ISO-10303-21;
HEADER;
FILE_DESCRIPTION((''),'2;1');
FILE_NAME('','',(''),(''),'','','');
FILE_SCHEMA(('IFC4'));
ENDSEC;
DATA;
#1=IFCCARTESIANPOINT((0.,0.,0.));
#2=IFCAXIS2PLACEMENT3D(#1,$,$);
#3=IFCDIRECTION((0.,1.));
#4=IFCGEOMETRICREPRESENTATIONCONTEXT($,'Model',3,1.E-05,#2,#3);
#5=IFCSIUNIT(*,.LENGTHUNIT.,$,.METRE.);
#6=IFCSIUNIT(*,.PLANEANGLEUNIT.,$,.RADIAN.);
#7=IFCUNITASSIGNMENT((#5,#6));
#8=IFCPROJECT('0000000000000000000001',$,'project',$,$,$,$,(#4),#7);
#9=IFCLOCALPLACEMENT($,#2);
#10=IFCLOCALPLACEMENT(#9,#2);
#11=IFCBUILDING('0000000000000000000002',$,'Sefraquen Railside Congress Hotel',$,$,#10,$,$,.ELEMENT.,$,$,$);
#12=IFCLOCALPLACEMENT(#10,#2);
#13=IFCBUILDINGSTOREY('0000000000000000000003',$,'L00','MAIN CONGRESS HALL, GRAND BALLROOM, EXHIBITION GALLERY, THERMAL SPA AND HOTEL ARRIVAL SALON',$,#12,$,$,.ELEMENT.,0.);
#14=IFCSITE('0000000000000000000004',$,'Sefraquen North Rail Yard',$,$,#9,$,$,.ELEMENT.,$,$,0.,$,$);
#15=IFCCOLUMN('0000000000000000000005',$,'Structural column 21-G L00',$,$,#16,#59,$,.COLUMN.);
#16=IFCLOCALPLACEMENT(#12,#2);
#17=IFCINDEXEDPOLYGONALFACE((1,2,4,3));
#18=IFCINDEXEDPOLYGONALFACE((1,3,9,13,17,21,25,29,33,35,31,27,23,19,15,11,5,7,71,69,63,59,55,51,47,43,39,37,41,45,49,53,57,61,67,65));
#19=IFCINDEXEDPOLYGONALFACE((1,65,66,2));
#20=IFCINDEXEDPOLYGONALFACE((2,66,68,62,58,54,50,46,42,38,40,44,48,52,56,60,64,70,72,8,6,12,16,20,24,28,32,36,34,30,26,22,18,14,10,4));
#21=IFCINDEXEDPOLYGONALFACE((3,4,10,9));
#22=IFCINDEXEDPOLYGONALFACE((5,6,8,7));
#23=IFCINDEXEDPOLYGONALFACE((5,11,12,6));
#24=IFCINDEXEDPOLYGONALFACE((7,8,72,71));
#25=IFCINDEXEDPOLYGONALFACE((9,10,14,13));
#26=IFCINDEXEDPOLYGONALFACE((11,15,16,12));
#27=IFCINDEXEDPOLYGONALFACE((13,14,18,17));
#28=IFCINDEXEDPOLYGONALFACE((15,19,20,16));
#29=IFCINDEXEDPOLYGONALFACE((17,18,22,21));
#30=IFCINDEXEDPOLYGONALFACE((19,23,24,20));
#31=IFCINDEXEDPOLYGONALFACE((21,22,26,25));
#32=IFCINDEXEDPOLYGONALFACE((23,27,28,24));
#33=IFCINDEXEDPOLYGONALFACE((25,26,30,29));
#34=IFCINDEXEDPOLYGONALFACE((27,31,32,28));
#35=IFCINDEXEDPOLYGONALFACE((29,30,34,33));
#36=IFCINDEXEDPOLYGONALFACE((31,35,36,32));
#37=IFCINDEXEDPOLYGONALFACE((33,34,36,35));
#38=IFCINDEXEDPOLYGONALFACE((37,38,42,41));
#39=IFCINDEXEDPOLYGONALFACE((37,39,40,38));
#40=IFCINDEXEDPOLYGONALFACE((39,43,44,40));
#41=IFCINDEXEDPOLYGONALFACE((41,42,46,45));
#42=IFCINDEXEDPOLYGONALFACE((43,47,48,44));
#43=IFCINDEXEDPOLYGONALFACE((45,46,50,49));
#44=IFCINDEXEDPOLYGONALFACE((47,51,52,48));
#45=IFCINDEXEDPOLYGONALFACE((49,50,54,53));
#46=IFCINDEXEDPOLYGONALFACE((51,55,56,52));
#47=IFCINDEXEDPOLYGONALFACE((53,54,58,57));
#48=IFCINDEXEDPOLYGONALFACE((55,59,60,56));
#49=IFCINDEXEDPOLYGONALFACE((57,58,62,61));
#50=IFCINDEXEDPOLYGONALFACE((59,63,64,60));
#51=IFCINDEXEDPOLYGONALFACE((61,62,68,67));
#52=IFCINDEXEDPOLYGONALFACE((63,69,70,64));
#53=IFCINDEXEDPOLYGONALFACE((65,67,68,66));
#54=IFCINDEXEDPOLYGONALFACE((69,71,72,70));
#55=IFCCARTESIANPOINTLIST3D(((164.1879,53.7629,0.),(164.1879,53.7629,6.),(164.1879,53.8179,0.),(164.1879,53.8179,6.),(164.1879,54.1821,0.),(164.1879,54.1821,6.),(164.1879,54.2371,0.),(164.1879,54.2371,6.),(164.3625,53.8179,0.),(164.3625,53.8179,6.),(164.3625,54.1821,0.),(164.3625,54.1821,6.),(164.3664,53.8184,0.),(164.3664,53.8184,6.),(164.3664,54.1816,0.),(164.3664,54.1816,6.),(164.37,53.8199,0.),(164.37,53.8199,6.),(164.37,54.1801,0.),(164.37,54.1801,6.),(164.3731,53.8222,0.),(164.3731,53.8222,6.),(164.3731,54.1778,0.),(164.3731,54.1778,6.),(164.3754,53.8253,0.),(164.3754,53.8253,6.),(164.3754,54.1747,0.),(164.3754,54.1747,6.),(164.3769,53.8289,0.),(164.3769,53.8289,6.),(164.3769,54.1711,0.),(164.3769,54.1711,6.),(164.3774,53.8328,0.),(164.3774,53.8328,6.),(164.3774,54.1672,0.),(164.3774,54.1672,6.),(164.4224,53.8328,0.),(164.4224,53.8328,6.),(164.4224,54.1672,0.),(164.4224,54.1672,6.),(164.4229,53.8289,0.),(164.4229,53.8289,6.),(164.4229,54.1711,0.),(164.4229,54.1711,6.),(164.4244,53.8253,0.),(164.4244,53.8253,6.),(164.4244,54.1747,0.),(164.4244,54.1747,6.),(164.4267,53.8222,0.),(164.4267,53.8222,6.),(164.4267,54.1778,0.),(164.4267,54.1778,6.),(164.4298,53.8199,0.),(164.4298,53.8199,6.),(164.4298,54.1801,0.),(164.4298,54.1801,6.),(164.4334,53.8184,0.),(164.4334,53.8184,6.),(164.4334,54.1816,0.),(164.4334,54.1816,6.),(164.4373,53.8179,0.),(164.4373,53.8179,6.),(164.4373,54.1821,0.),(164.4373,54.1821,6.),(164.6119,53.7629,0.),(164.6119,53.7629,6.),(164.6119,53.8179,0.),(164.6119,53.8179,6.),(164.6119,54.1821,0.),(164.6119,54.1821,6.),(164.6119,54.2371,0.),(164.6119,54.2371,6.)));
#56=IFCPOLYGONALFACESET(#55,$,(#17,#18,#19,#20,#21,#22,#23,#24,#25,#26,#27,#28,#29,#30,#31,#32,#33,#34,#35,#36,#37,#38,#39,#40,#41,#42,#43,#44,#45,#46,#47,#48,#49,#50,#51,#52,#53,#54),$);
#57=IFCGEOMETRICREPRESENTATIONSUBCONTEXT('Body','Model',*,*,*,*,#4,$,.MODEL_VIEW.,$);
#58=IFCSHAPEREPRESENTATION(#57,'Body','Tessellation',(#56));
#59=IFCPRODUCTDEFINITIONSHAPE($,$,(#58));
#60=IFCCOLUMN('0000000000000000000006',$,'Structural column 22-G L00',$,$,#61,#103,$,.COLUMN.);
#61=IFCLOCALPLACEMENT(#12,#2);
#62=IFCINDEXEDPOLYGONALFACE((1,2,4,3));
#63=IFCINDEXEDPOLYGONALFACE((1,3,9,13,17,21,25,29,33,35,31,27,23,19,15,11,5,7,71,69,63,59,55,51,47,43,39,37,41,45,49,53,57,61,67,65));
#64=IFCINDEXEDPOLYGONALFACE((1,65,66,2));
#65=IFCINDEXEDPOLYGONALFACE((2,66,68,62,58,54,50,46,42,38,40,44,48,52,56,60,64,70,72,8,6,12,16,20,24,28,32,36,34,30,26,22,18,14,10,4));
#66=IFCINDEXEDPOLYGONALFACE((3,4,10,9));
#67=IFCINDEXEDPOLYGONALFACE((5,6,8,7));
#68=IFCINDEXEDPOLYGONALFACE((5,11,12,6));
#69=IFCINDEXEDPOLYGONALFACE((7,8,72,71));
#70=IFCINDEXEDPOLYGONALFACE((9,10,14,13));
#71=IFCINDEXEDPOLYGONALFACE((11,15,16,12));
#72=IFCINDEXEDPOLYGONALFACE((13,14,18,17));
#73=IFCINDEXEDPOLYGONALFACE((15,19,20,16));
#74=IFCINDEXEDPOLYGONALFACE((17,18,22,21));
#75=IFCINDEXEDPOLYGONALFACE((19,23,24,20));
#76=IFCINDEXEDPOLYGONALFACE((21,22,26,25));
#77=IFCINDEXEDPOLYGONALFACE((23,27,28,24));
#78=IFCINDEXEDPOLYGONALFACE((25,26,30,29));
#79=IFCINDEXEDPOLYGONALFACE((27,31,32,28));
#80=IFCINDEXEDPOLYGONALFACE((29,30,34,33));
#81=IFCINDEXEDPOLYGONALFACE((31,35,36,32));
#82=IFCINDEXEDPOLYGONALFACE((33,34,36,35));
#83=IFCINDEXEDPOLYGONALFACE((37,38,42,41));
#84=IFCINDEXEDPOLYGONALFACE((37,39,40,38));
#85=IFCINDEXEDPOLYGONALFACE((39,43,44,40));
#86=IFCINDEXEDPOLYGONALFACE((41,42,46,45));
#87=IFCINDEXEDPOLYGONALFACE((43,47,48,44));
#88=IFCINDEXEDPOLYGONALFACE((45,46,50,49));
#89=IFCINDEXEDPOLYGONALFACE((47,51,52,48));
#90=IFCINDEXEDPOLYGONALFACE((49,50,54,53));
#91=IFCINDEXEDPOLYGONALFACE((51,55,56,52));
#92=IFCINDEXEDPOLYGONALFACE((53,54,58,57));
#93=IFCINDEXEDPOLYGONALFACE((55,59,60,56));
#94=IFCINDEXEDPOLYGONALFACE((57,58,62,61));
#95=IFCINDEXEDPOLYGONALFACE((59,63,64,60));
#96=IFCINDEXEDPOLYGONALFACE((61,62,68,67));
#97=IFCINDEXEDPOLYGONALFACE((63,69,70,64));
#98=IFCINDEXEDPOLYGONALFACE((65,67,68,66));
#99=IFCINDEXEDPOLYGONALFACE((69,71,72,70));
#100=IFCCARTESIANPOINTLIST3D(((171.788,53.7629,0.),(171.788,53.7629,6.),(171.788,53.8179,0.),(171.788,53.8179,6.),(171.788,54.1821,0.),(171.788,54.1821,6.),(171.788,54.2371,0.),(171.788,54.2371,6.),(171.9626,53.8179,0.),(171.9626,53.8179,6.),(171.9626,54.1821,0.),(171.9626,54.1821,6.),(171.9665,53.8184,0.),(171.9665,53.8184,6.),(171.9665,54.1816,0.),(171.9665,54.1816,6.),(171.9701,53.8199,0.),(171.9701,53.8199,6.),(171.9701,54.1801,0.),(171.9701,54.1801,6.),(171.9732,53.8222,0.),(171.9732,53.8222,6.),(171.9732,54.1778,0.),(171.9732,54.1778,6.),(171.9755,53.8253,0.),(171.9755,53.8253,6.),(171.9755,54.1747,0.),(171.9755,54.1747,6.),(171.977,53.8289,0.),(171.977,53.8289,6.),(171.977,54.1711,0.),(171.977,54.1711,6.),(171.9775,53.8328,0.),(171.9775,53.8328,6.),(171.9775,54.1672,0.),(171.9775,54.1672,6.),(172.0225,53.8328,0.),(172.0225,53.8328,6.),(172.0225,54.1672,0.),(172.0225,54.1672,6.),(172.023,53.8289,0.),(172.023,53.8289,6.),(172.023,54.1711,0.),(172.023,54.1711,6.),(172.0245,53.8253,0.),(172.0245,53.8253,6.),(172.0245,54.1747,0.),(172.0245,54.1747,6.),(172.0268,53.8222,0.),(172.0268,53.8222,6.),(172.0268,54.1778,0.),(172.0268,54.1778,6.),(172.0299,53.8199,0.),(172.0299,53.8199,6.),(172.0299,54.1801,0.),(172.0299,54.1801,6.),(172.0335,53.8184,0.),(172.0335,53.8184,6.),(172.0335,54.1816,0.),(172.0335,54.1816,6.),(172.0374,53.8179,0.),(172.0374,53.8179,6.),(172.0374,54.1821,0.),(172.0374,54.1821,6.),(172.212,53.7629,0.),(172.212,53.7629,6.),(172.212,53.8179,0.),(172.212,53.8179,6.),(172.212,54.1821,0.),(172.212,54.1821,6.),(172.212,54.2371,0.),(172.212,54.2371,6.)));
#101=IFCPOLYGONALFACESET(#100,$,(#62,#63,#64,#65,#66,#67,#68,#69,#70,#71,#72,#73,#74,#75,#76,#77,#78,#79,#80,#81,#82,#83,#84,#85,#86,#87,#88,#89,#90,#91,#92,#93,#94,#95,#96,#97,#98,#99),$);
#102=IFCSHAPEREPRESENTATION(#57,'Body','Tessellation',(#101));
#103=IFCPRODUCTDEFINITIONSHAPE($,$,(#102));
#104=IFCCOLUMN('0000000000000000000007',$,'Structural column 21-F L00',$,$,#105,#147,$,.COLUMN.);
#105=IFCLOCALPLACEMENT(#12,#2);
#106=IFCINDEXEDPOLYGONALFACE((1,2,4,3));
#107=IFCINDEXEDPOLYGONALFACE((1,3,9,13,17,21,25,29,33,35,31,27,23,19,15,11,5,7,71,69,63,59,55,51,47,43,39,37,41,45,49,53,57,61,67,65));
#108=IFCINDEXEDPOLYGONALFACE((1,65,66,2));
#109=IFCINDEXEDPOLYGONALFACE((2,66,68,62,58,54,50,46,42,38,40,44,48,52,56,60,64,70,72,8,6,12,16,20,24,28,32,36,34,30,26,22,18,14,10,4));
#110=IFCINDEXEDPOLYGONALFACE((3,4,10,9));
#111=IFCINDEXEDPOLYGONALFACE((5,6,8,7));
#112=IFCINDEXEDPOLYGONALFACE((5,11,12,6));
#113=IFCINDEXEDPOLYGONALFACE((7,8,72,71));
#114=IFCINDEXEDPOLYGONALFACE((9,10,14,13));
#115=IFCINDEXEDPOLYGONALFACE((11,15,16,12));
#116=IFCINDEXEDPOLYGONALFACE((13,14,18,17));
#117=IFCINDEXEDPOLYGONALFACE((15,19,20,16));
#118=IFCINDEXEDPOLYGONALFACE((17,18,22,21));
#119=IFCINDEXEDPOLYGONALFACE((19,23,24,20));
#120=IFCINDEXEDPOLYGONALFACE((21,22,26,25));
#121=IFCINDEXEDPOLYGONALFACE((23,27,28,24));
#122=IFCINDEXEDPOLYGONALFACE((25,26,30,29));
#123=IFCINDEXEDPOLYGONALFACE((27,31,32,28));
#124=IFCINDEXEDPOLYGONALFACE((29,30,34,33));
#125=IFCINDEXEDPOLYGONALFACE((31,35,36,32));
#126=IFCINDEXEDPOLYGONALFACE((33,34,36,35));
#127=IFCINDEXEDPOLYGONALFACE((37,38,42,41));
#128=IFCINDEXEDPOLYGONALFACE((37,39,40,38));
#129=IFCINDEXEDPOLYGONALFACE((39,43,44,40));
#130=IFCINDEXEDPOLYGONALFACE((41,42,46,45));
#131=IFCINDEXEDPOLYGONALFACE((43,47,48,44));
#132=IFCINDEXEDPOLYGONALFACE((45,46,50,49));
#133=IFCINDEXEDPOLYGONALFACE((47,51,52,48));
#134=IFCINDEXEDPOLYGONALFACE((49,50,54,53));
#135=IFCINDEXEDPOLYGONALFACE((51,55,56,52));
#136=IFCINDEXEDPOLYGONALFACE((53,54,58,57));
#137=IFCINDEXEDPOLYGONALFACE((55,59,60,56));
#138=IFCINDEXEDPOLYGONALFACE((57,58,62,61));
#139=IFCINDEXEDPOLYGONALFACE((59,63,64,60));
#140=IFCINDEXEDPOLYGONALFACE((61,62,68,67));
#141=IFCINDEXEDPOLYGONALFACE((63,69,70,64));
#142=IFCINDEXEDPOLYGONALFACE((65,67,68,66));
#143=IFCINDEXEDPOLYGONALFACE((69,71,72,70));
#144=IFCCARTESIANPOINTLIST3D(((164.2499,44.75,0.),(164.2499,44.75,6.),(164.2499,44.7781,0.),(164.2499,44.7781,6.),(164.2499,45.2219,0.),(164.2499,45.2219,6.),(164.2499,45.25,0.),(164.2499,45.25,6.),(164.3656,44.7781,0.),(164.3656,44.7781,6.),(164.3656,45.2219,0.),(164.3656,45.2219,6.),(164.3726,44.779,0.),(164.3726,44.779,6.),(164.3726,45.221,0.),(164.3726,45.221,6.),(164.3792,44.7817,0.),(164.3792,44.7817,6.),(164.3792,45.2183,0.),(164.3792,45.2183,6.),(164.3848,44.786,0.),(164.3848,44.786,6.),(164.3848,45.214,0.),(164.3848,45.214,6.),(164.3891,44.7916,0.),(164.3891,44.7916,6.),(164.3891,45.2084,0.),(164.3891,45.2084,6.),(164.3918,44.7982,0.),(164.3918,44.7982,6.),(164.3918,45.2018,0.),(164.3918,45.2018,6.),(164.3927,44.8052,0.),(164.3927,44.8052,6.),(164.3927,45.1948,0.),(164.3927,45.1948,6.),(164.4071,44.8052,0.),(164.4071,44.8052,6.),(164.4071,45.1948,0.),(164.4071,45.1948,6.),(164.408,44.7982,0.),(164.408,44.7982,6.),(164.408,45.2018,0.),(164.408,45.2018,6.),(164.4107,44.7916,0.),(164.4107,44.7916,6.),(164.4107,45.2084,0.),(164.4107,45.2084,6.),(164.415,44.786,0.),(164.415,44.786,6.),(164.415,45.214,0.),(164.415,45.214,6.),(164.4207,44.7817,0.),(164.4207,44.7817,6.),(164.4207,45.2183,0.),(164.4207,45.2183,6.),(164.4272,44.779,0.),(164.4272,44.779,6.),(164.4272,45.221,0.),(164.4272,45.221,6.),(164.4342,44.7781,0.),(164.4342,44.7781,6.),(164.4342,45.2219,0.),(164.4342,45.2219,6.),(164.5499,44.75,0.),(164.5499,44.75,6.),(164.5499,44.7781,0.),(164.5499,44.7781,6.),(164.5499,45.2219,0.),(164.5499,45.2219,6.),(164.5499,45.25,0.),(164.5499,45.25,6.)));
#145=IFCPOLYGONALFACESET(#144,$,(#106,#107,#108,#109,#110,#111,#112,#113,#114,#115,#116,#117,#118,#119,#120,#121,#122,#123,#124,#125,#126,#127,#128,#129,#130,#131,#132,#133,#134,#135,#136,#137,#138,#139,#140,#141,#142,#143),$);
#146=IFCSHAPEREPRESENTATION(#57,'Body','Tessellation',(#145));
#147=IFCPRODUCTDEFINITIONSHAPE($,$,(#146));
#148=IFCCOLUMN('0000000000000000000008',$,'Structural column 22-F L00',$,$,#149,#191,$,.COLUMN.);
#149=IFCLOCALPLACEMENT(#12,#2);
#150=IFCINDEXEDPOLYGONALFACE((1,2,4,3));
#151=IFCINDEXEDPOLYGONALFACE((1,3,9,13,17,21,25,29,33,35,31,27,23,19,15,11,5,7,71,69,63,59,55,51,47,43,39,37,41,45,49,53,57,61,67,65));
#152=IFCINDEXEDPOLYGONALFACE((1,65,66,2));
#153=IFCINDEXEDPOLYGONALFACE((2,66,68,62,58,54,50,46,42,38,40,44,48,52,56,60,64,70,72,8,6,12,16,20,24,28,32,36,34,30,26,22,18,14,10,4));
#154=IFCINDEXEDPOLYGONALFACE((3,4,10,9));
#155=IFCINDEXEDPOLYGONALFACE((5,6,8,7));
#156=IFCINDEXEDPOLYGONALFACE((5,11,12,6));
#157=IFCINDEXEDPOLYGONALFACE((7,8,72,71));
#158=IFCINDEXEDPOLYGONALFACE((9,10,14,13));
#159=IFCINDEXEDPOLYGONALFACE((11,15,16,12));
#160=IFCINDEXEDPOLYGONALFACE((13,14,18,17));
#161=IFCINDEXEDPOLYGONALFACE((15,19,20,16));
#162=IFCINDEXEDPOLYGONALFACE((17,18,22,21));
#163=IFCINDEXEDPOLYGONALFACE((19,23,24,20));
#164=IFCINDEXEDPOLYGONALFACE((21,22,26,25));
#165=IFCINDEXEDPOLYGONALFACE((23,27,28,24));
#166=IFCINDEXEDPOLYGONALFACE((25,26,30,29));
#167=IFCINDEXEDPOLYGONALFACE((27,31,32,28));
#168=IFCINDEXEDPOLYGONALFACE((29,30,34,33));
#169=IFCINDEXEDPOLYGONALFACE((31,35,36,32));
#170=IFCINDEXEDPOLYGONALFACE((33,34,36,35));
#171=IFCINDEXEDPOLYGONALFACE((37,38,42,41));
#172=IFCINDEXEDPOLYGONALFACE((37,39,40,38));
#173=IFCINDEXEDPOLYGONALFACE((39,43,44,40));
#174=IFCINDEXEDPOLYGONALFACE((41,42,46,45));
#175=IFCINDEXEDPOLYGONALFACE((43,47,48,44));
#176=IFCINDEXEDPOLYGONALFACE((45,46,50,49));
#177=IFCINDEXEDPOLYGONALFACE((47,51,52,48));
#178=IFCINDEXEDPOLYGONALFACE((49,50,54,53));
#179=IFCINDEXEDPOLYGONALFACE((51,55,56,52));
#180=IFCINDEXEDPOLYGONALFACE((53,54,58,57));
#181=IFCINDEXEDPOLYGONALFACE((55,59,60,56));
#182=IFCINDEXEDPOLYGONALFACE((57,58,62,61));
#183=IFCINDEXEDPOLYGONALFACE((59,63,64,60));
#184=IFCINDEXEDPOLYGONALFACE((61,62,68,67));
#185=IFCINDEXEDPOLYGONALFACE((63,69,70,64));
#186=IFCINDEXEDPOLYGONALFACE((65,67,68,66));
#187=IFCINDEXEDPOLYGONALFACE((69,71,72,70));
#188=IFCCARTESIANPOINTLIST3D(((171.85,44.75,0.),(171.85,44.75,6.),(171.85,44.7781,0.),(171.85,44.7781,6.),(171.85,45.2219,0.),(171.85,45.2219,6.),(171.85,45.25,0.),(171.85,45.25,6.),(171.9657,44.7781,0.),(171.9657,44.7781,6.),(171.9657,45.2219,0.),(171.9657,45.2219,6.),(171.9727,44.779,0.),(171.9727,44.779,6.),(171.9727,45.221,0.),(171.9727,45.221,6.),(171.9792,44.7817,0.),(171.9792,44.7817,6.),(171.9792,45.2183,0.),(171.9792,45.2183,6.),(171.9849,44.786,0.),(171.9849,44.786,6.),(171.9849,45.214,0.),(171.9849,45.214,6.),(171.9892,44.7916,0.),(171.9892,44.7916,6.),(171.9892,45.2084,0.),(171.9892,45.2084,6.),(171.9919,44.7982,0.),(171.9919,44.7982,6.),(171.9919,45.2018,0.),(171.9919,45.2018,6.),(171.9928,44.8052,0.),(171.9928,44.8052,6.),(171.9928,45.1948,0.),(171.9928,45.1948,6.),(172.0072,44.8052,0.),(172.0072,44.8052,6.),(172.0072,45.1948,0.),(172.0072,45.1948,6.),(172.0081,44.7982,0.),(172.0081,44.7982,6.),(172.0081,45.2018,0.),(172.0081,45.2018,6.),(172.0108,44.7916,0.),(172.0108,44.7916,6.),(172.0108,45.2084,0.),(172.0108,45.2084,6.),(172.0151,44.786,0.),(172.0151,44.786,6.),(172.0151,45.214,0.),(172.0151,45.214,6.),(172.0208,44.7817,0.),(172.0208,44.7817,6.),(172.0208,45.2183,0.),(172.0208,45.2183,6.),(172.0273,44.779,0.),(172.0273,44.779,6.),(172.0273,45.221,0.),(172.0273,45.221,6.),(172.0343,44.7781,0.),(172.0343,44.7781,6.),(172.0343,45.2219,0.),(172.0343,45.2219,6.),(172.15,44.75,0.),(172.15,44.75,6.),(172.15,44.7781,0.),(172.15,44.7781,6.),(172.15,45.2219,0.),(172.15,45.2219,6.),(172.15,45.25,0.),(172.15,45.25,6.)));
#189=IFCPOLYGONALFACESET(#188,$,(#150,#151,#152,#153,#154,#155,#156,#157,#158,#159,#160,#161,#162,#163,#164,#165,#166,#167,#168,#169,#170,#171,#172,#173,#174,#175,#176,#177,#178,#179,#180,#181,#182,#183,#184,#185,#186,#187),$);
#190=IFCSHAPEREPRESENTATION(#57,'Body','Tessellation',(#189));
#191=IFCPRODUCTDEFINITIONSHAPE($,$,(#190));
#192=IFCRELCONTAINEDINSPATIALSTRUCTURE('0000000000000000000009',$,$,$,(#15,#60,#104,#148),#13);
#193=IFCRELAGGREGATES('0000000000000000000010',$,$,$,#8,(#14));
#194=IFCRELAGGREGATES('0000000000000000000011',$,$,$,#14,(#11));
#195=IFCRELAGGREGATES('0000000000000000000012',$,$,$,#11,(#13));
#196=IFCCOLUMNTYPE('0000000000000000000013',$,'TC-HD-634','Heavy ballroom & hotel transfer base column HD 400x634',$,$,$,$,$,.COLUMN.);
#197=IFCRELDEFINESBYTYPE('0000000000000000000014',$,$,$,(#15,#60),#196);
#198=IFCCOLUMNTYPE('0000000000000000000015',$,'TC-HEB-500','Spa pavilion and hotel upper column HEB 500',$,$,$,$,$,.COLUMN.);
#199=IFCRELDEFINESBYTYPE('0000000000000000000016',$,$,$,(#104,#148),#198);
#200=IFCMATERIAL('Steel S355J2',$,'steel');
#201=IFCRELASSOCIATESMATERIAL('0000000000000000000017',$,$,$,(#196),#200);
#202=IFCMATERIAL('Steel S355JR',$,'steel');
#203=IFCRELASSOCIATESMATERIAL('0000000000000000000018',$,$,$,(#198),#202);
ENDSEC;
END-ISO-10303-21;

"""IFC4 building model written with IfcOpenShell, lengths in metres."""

from ifc_helpers import new_model, si_unit, direction, frame, origin, origin_2d, place, context, subcontext, project, spatial, i_section, extrude, material, material_profile, profile_set, type_object, element, save


model = new_model("IFC4")

# Units and contexts
model_context = context("Model", 3, precision=1e-05, world=origin(), true_north=direction((0.0, 1.0)))
body_context = subcontext(model_context, "Body", "Model", "MODEL_VIEW")
ifc_project = project(units=[si_unit("LENGTHUNIT", "METRE"), si_unit("PLANEANGLEUNIT", "RADIAN")], contexts=[model_context])

# Site, building, storey
site_placement = place(None, origin())
site = spatial("IfcSite", under=ifc_project, at=site_placement, Name="Sefraquen North Rail Yard", CompositionType="ELEMENT", RefElevation=0.0)
building_placement = place(site_placement, origin())
building = spatial("IfcBuilding", under=site, at=building_placement, Name="Sefraquen Railside Congress Hotel", CompositionType="ELEMENT")
storey_placement = place(building_placement, origin())
storey = spatial("IfcBuildingStorey", under=building, at=storey_placement, Name="L00", Description="MAIN CONGRESS HALL, GRAND BALLROOM, EXHIBITION GALLERY, THERMAL SPA AND HOTEL ARRIVAL SALON", CompositionType="ELEMENT", Elevation=0.0)

# Columns
ifc_material_1 = material(Name="Steel S355J2", Category="steel")
ifc_material_profile_1 = material_profile(ifc_material_1, i_section(OverallWidth=0.4241, OverallDepth=0.4741, WebThickness=0.0449, FlangeThickness=0.0549, FilletRadius=0.0149, at=origin_2d()), Name="HD 400x634")
ifc_profile_set_1 = profile_set([ifc_material_profile_1], Name="Steel S355J2")
column_type_1 = type_object("IfcColumnType", Name="TC-HD-634", Description="Heavy ballroom & hotel transfer base column HD 400x634", PredefinedType="COLUMN", material=ifc_profile_set_1)
for number, where, z_axis, x_axis, name in (
    (1, (164.3999, 54.0, 0.0), (0.0, 0.0, 1.0), (1.0, 0.0, 0.0), "Structural column 21-G L00"),
    (2, (172.0, 54.0, 0.0), (0.0, 0.0, 1.0), (1.0, 0.0, 0.0), "Structural column 22-G L00"),
):
    element("IfcColumn", number, at=place(storey_placement, frame(where, z_axis=z_axis, x_axis=x_axis)), inside=storey, type_object=column_type_1, Name=name, PredefinedType="COLUMN", context=body_context, shape_type="SweptSolid", body=[
        extrude(i_section(OverallWidth=0.4241, OverallDepth=0.4741, WebThickness=0.0449, FlangeThickness=0.0549, FilletRadius=0.0149, at=origin_2d()), origin(), (0.0, 0.0, 1.0), 6.0),
    ])
ifc_material_2 = material(Name="Steel S355JR", Category="steel")
ifc_material_profile_2 = material_profile(ifc_material_2, i_section(OverallWidth=0.3, OverallDepth=0.5, WebThickness=0.0144, FlangeThickness=0.0281, FilletRadius=0.0271, at=origin_2d()), Name="HEB 500")
ifc_profile_set_2 = profile_set([ifc_material_profile_2], Name="Steel S355JR")
column_type_2 = type_object("IfcColumnType", Name="TC-HEB-500", Description="Spa pavilion and hotel upper column HEB 500", PredefinedType="COLUMN", material=ifc_profile_set_2)
for number, where, z_axis, x_axis, name in (
    (3, (164.3999, 45.0, 0.0), (0.0, 0.0, 1.0), (1.0, 0.0, 0.0), "Structural column 21-F L00"),
    (4, (172.0, 45.0, 0.0), (0.0, 0.0, 1.0), (1.0, 0.0, 0.0), "Structural column 22-F L00"),
):
    element("IfcColumn", number, at=place(storey_placement, frame(where, z_axis=z_axis, x_axis=x_axis)), inside=storey, type_object=column_type_2, Name=name, PredefinedType="COLUMN", context=body_context, shape_type="SweptSolid", body=[
        extrude(i_section(OverallWidth=0.3, OverallDepth=0.5, WebThickness=0.0144, FlangeThickness=0.0281, FilletRadius=0.0271, at=origin_2d()), origin(), (0.0, 0.0, 1.0), 6.0),
    ])

save(model, "model.ifc")
